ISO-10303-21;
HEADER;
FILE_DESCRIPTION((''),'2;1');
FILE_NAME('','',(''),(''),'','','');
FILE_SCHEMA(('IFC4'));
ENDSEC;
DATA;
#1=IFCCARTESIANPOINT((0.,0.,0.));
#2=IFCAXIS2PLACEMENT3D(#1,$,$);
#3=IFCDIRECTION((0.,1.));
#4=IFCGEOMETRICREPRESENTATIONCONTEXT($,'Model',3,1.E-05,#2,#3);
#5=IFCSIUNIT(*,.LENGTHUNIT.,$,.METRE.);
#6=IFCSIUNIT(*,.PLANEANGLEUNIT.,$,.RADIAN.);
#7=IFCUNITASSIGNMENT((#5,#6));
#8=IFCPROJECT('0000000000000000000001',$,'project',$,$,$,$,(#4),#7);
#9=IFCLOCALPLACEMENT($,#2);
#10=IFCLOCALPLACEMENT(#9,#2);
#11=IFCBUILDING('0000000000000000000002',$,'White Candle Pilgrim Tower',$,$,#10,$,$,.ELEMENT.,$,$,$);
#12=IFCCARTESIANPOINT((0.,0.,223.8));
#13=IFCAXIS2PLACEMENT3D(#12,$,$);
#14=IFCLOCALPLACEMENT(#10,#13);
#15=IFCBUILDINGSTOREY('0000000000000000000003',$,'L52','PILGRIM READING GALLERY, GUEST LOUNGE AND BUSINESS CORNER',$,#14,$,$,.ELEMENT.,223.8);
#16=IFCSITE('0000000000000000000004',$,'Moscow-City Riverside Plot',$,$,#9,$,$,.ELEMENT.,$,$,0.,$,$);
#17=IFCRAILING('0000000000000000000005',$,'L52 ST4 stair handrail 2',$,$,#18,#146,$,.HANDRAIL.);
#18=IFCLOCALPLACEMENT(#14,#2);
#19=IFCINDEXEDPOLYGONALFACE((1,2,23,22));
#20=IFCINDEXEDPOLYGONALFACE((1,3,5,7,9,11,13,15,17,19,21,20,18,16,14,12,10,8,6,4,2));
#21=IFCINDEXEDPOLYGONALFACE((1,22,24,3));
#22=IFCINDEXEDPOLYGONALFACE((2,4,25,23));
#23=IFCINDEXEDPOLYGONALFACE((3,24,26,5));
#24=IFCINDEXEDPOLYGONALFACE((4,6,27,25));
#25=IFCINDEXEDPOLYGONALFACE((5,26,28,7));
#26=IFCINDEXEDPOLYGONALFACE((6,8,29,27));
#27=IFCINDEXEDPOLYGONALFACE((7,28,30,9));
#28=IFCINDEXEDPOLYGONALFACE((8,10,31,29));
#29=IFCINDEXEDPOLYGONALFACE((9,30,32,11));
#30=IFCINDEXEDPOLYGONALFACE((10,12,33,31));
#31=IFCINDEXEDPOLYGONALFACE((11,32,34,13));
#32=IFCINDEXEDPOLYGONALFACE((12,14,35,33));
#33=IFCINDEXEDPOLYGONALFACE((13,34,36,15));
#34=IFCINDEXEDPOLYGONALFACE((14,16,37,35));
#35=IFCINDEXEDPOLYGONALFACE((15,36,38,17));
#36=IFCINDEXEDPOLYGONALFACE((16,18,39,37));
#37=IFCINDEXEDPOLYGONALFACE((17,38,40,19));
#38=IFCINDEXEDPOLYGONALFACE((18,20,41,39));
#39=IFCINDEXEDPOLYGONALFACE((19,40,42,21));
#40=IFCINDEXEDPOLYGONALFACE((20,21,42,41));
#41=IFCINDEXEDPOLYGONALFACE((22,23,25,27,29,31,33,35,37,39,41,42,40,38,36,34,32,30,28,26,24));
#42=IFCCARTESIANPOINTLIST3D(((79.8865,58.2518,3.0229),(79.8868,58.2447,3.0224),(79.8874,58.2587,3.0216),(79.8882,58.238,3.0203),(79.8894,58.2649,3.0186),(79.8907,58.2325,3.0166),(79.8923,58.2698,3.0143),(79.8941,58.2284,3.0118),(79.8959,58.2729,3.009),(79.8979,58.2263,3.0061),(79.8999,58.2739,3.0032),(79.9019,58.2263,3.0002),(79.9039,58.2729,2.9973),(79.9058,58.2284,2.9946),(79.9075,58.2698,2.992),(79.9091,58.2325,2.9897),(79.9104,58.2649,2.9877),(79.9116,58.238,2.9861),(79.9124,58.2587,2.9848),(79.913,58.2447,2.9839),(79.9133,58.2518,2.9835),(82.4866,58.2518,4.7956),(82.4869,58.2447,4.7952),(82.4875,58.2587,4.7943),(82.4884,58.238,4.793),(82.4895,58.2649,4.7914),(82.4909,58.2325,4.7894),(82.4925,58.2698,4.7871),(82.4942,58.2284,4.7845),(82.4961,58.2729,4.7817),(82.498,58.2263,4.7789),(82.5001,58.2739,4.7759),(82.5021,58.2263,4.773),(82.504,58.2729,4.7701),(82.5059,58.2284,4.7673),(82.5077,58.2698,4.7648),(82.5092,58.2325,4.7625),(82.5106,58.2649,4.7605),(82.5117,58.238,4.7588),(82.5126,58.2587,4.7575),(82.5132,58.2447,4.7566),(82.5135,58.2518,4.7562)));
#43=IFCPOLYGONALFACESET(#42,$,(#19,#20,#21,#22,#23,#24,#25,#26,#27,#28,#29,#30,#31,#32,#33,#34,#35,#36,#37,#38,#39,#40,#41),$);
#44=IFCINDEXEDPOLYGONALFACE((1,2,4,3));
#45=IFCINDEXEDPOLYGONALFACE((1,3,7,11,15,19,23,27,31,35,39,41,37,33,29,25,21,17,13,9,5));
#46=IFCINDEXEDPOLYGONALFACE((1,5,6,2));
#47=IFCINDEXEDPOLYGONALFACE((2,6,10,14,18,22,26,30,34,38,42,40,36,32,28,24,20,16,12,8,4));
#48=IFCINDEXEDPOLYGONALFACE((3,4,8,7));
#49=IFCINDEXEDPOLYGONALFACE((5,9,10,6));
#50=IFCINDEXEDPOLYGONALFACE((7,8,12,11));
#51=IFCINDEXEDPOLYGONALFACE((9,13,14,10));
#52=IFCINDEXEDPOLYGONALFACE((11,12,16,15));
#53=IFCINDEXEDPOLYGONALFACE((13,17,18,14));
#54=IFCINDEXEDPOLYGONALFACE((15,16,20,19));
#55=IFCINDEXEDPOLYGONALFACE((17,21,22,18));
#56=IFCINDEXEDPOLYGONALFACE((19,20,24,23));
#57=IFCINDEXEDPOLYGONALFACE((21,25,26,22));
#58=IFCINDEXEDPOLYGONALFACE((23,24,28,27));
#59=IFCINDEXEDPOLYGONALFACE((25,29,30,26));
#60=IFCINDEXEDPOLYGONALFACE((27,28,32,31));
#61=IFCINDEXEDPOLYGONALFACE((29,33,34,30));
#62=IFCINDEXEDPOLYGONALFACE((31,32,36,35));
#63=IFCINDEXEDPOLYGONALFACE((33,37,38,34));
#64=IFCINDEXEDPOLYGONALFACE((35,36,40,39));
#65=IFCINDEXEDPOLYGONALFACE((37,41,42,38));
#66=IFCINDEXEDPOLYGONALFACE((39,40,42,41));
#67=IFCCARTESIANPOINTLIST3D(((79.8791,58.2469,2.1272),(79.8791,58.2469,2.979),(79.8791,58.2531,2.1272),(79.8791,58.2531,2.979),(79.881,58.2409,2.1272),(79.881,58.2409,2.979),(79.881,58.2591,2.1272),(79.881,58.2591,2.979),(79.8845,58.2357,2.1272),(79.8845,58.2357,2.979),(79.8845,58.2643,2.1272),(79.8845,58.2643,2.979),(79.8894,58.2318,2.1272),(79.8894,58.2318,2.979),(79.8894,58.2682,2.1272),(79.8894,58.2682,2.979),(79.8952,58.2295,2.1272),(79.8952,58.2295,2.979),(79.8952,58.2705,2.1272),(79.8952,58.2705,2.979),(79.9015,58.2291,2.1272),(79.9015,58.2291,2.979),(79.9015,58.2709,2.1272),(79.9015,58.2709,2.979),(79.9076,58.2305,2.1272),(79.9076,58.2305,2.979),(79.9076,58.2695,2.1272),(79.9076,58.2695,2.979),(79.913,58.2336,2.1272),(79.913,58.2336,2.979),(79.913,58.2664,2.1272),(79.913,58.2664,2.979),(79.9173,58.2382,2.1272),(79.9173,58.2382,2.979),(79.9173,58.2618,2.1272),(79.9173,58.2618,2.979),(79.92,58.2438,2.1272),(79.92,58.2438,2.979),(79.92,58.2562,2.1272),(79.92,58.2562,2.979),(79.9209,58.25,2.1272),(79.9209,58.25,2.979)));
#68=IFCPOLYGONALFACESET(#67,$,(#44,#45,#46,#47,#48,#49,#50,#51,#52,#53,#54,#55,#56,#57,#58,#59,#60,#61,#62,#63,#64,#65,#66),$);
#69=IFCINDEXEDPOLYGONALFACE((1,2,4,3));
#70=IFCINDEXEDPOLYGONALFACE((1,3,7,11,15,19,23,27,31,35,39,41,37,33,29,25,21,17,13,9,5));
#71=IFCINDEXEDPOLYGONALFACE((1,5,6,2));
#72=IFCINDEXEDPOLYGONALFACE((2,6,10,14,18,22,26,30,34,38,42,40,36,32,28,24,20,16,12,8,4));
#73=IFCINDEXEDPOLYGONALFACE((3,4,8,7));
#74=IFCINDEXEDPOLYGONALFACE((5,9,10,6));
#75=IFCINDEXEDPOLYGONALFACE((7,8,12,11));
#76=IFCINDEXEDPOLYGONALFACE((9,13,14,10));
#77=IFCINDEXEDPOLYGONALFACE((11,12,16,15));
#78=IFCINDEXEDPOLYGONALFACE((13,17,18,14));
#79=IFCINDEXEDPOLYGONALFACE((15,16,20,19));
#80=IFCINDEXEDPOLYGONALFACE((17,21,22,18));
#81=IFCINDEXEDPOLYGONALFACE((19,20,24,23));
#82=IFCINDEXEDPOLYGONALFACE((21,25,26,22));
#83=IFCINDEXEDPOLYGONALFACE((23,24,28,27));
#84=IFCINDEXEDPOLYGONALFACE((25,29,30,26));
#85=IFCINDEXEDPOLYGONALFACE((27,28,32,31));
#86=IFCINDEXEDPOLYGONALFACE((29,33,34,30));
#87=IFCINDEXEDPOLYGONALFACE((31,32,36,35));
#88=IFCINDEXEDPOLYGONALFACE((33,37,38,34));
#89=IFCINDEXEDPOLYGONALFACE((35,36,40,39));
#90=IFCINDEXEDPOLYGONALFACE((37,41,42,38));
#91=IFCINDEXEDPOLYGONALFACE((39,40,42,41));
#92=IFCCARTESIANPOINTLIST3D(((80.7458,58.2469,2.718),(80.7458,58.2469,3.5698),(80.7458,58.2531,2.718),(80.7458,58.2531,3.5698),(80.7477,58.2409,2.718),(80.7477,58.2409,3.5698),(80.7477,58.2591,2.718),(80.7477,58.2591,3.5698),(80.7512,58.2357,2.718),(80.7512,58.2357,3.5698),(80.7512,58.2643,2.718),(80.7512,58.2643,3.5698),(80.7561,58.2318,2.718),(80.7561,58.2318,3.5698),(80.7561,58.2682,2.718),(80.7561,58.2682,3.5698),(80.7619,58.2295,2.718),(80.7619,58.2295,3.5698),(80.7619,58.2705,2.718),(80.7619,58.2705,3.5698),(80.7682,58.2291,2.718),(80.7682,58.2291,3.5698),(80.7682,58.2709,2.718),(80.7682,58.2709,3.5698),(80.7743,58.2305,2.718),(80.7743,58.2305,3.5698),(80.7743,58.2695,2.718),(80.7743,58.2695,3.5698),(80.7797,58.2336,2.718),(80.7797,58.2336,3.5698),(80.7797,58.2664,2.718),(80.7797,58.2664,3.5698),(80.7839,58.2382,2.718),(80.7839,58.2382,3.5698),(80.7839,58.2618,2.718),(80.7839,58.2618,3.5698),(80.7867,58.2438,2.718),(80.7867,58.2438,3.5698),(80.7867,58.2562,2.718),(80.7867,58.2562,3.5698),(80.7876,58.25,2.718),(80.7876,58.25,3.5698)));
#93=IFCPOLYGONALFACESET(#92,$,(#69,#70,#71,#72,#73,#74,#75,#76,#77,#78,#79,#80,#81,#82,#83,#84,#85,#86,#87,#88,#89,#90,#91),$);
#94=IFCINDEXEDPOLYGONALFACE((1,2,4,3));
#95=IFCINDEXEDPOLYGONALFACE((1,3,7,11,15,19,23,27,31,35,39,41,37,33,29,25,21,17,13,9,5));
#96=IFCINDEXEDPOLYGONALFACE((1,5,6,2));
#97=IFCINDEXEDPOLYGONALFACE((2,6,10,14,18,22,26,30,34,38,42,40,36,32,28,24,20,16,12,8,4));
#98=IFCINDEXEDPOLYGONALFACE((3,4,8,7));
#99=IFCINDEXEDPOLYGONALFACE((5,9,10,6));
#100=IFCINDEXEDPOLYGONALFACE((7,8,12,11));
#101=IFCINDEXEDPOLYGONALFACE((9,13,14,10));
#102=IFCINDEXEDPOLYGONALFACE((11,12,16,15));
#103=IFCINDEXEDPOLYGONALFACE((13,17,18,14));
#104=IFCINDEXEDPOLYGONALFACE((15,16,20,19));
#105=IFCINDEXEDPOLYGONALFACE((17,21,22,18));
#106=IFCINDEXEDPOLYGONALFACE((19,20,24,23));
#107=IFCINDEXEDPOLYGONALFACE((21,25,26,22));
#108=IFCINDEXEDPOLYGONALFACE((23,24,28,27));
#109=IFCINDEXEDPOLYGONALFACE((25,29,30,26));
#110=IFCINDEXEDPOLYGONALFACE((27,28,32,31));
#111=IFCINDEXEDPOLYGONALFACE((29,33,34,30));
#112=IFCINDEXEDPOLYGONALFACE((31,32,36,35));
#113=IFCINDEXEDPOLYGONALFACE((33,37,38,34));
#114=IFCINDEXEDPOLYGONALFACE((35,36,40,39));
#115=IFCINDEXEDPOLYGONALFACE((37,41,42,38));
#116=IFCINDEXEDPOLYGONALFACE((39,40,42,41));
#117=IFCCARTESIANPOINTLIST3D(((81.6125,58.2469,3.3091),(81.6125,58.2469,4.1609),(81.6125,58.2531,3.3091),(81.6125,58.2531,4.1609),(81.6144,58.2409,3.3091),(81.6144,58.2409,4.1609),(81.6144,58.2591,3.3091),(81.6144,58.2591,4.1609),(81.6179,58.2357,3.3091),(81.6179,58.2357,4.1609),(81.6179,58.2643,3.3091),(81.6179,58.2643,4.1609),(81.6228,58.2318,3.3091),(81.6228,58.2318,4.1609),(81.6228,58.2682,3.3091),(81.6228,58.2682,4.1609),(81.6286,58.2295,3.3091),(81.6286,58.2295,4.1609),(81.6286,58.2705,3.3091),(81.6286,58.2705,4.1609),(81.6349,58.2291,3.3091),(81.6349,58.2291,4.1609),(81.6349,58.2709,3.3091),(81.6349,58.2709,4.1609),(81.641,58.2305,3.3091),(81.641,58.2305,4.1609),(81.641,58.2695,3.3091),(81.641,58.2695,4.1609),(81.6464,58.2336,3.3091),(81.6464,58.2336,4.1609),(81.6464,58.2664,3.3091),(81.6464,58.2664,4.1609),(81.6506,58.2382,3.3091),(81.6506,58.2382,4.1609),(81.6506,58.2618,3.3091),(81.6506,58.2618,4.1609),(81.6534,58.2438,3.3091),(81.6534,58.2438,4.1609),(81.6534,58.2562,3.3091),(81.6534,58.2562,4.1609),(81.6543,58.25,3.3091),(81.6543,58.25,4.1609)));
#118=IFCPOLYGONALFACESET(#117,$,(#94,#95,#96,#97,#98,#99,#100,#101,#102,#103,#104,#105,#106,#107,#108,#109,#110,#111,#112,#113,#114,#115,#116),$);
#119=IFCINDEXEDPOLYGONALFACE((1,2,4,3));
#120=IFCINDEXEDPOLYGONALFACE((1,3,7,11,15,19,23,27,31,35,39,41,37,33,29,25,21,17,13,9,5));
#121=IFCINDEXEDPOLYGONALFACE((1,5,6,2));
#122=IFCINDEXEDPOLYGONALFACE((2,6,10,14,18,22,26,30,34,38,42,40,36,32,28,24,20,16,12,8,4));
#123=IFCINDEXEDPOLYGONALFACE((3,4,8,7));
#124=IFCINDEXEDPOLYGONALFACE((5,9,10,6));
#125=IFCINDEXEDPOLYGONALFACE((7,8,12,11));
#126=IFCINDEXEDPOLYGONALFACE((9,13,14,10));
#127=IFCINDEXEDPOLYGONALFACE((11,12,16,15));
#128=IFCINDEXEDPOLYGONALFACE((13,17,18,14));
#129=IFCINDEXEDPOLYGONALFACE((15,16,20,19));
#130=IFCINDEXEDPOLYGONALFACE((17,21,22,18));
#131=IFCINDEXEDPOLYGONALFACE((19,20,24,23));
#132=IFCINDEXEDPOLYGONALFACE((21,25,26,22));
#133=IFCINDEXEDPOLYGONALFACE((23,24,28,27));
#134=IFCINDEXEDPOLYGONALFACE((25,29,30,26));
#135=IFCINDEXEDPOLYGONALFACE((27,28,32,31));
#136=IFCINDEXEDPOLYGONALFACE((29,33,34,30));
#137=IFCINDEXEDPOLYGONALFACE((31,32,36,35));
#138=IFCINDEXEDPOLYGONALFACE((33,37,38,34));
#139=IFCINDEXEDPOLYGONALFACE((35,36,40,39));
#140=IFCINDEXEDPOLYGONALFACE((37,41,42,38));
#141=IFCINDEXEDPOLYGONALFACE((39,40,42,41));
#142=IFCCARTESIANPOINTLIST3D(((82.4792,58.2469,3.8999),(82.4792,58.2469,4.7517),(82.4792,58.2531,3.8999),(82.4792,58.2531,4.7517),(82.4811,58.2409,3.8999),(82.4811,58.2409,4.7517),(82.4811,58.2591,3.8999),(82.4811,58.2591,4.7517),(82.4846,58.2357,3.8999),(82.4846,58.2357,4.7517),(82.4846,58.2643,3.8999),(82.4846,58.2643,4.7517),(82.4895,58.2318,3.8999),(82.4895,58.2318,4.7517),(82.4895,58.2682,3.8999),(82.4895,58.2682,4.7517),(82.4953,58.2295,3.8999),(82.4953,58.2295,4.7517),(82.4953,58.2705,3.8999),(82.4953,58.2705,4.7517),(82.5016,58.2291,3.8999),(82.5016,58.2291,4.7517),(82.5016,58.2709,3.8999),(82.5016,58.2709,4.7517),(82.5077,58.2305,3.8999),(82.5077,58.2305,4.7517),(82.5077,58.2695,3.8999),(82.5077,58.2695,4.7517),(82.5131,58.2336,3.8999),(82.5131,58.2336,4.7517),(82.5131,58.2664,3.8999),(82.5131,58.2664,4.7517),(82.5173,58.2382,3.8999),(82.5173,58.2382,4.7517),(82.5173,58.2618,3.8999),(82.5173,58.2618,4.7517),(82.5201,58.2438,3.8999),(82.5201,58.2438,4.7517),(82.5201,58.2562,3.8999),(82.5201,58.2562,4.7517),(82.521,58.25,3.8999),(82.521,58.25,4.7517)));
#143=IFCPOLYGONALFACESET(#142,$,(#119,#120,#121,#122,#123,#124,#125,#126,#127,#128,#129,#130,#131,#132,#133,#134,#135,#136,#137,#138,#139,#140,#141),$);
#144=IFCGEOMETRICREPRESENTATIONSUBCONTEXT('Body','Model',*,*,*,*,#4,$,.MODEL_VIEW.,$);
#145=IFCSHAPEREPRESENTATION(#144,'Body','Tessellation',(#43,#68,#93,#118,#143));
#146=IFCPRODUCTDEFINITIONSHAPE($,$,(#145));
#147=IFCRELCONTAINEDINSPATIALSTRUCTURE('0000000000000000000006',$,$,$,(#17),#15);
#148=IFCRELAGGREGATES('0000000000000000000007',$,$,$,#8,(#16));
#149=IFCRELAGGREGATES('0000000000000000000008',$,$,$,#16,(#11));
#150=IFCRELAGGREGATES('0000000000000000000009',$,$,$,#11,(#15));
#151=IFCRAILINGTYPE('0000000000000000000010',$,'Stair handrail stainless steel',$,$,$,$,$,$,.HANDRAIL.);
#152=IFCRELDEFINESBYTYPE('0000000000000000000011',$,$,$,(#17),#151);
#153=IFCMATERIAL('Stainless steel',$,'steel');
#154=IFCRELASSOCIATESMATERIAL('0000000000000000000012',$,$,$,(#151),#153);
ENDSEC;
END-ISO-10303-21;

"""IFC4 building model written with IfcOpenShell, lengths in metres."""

from ifc_helpers import new_model, si_unit, direction, frame, origin, origin_2d, place, context, subcontext, project, spatial, circle, extrude, material, type_object, element, save


model = new_model("IFC4")

# Units and contexts
model_context = context("Model", 3, precision=1e-05, world=origin(), true_north=direction((0.0, 1.0)))
body_context = subcontext(model_context, "Body", "Model", "MODEL_VIEW")
ifc_project = project(units=[si_unit("LENGTHUNIT", "METRE"), si_unit("PLANEANGLEUNIT", "RADIAN")], contexts=[model_context])

# Site, building, storey
site_placement = place(None, origin())
site = spatial("IfcSite", under=ifc_project, at=site_placement, Name="Moscow-City Riverside Plot", CompositionType="ELEMENT", RefElevation=0.0)
building_placement = place(site_placement, origin())
building = spatial("IfcBuilding", under=site, at=building_placement, Name="White Candle Pilgrim Tower", CompositionType="ELEMENT")
storey_placement = place(building_placement, frame((0.0, 0.0, 223.8)))
storey = spatial("IfcBuildingStorey", under=building, at=storey_placement, Name="L52", Description="PILGRIM READING GALLERY, GUEST LOUNGE AND BUSINESS CORNER", CompositionType="ELEMENT", Elevation=223.8)

# Railing
ifc_material_1 = material(Name="Stainless steel", Category="steel")
railing_type_1 = type_object("IfcRailingType", Name="Stair handrail stainless steel", PredefinedType="HANDRAIL", material=ifc_material_1)
railing_1_placement = place(storey_placement, frame((79.8999, 58.25, 2.1272)))
element("IfcRailing", 1, at=railing_1_placement, inside=storey, type_object=railing_type_1, Name="L52 ST4 stair handrail 2", PredefinedType="HANDRAIL", context=body_context, shape_type="SweptSolid", body=[
    extrude(circle(Radius=0.0239, at=origin_2d()), frame((0.0, 0.0, 0.876), z_axis=(0.82624, 0.0, 0.563318), x_axis=(0.0, 1.0, 0.0)), (0.0, 0.0, 1.0), 3.147),
    extrude(circle(Radius=0.021, at=origin_2d()), origin(), (0.0, 0.0, 1.0), 0.8518),
    extrude(circle(Radius=0.021, at=origin_2d()), frame((0.8667, 0.0, 0.5908)), (0.0, 0.0, 1.0), 0.8518),
    extrude(circle(Radius=0.021, at=origin_2d()), frame((1.7334, 0.0, 1.1819)), (0.0, 0.0, 1.0), 0.8518),
    extrude(circle(Radius=0.021, at=origin_2d()), frame((2.6001, 0.0, 1.7727)), (0.0, 0.0, 1.0), 0.8518),
])

save(model, "model.ifc")
